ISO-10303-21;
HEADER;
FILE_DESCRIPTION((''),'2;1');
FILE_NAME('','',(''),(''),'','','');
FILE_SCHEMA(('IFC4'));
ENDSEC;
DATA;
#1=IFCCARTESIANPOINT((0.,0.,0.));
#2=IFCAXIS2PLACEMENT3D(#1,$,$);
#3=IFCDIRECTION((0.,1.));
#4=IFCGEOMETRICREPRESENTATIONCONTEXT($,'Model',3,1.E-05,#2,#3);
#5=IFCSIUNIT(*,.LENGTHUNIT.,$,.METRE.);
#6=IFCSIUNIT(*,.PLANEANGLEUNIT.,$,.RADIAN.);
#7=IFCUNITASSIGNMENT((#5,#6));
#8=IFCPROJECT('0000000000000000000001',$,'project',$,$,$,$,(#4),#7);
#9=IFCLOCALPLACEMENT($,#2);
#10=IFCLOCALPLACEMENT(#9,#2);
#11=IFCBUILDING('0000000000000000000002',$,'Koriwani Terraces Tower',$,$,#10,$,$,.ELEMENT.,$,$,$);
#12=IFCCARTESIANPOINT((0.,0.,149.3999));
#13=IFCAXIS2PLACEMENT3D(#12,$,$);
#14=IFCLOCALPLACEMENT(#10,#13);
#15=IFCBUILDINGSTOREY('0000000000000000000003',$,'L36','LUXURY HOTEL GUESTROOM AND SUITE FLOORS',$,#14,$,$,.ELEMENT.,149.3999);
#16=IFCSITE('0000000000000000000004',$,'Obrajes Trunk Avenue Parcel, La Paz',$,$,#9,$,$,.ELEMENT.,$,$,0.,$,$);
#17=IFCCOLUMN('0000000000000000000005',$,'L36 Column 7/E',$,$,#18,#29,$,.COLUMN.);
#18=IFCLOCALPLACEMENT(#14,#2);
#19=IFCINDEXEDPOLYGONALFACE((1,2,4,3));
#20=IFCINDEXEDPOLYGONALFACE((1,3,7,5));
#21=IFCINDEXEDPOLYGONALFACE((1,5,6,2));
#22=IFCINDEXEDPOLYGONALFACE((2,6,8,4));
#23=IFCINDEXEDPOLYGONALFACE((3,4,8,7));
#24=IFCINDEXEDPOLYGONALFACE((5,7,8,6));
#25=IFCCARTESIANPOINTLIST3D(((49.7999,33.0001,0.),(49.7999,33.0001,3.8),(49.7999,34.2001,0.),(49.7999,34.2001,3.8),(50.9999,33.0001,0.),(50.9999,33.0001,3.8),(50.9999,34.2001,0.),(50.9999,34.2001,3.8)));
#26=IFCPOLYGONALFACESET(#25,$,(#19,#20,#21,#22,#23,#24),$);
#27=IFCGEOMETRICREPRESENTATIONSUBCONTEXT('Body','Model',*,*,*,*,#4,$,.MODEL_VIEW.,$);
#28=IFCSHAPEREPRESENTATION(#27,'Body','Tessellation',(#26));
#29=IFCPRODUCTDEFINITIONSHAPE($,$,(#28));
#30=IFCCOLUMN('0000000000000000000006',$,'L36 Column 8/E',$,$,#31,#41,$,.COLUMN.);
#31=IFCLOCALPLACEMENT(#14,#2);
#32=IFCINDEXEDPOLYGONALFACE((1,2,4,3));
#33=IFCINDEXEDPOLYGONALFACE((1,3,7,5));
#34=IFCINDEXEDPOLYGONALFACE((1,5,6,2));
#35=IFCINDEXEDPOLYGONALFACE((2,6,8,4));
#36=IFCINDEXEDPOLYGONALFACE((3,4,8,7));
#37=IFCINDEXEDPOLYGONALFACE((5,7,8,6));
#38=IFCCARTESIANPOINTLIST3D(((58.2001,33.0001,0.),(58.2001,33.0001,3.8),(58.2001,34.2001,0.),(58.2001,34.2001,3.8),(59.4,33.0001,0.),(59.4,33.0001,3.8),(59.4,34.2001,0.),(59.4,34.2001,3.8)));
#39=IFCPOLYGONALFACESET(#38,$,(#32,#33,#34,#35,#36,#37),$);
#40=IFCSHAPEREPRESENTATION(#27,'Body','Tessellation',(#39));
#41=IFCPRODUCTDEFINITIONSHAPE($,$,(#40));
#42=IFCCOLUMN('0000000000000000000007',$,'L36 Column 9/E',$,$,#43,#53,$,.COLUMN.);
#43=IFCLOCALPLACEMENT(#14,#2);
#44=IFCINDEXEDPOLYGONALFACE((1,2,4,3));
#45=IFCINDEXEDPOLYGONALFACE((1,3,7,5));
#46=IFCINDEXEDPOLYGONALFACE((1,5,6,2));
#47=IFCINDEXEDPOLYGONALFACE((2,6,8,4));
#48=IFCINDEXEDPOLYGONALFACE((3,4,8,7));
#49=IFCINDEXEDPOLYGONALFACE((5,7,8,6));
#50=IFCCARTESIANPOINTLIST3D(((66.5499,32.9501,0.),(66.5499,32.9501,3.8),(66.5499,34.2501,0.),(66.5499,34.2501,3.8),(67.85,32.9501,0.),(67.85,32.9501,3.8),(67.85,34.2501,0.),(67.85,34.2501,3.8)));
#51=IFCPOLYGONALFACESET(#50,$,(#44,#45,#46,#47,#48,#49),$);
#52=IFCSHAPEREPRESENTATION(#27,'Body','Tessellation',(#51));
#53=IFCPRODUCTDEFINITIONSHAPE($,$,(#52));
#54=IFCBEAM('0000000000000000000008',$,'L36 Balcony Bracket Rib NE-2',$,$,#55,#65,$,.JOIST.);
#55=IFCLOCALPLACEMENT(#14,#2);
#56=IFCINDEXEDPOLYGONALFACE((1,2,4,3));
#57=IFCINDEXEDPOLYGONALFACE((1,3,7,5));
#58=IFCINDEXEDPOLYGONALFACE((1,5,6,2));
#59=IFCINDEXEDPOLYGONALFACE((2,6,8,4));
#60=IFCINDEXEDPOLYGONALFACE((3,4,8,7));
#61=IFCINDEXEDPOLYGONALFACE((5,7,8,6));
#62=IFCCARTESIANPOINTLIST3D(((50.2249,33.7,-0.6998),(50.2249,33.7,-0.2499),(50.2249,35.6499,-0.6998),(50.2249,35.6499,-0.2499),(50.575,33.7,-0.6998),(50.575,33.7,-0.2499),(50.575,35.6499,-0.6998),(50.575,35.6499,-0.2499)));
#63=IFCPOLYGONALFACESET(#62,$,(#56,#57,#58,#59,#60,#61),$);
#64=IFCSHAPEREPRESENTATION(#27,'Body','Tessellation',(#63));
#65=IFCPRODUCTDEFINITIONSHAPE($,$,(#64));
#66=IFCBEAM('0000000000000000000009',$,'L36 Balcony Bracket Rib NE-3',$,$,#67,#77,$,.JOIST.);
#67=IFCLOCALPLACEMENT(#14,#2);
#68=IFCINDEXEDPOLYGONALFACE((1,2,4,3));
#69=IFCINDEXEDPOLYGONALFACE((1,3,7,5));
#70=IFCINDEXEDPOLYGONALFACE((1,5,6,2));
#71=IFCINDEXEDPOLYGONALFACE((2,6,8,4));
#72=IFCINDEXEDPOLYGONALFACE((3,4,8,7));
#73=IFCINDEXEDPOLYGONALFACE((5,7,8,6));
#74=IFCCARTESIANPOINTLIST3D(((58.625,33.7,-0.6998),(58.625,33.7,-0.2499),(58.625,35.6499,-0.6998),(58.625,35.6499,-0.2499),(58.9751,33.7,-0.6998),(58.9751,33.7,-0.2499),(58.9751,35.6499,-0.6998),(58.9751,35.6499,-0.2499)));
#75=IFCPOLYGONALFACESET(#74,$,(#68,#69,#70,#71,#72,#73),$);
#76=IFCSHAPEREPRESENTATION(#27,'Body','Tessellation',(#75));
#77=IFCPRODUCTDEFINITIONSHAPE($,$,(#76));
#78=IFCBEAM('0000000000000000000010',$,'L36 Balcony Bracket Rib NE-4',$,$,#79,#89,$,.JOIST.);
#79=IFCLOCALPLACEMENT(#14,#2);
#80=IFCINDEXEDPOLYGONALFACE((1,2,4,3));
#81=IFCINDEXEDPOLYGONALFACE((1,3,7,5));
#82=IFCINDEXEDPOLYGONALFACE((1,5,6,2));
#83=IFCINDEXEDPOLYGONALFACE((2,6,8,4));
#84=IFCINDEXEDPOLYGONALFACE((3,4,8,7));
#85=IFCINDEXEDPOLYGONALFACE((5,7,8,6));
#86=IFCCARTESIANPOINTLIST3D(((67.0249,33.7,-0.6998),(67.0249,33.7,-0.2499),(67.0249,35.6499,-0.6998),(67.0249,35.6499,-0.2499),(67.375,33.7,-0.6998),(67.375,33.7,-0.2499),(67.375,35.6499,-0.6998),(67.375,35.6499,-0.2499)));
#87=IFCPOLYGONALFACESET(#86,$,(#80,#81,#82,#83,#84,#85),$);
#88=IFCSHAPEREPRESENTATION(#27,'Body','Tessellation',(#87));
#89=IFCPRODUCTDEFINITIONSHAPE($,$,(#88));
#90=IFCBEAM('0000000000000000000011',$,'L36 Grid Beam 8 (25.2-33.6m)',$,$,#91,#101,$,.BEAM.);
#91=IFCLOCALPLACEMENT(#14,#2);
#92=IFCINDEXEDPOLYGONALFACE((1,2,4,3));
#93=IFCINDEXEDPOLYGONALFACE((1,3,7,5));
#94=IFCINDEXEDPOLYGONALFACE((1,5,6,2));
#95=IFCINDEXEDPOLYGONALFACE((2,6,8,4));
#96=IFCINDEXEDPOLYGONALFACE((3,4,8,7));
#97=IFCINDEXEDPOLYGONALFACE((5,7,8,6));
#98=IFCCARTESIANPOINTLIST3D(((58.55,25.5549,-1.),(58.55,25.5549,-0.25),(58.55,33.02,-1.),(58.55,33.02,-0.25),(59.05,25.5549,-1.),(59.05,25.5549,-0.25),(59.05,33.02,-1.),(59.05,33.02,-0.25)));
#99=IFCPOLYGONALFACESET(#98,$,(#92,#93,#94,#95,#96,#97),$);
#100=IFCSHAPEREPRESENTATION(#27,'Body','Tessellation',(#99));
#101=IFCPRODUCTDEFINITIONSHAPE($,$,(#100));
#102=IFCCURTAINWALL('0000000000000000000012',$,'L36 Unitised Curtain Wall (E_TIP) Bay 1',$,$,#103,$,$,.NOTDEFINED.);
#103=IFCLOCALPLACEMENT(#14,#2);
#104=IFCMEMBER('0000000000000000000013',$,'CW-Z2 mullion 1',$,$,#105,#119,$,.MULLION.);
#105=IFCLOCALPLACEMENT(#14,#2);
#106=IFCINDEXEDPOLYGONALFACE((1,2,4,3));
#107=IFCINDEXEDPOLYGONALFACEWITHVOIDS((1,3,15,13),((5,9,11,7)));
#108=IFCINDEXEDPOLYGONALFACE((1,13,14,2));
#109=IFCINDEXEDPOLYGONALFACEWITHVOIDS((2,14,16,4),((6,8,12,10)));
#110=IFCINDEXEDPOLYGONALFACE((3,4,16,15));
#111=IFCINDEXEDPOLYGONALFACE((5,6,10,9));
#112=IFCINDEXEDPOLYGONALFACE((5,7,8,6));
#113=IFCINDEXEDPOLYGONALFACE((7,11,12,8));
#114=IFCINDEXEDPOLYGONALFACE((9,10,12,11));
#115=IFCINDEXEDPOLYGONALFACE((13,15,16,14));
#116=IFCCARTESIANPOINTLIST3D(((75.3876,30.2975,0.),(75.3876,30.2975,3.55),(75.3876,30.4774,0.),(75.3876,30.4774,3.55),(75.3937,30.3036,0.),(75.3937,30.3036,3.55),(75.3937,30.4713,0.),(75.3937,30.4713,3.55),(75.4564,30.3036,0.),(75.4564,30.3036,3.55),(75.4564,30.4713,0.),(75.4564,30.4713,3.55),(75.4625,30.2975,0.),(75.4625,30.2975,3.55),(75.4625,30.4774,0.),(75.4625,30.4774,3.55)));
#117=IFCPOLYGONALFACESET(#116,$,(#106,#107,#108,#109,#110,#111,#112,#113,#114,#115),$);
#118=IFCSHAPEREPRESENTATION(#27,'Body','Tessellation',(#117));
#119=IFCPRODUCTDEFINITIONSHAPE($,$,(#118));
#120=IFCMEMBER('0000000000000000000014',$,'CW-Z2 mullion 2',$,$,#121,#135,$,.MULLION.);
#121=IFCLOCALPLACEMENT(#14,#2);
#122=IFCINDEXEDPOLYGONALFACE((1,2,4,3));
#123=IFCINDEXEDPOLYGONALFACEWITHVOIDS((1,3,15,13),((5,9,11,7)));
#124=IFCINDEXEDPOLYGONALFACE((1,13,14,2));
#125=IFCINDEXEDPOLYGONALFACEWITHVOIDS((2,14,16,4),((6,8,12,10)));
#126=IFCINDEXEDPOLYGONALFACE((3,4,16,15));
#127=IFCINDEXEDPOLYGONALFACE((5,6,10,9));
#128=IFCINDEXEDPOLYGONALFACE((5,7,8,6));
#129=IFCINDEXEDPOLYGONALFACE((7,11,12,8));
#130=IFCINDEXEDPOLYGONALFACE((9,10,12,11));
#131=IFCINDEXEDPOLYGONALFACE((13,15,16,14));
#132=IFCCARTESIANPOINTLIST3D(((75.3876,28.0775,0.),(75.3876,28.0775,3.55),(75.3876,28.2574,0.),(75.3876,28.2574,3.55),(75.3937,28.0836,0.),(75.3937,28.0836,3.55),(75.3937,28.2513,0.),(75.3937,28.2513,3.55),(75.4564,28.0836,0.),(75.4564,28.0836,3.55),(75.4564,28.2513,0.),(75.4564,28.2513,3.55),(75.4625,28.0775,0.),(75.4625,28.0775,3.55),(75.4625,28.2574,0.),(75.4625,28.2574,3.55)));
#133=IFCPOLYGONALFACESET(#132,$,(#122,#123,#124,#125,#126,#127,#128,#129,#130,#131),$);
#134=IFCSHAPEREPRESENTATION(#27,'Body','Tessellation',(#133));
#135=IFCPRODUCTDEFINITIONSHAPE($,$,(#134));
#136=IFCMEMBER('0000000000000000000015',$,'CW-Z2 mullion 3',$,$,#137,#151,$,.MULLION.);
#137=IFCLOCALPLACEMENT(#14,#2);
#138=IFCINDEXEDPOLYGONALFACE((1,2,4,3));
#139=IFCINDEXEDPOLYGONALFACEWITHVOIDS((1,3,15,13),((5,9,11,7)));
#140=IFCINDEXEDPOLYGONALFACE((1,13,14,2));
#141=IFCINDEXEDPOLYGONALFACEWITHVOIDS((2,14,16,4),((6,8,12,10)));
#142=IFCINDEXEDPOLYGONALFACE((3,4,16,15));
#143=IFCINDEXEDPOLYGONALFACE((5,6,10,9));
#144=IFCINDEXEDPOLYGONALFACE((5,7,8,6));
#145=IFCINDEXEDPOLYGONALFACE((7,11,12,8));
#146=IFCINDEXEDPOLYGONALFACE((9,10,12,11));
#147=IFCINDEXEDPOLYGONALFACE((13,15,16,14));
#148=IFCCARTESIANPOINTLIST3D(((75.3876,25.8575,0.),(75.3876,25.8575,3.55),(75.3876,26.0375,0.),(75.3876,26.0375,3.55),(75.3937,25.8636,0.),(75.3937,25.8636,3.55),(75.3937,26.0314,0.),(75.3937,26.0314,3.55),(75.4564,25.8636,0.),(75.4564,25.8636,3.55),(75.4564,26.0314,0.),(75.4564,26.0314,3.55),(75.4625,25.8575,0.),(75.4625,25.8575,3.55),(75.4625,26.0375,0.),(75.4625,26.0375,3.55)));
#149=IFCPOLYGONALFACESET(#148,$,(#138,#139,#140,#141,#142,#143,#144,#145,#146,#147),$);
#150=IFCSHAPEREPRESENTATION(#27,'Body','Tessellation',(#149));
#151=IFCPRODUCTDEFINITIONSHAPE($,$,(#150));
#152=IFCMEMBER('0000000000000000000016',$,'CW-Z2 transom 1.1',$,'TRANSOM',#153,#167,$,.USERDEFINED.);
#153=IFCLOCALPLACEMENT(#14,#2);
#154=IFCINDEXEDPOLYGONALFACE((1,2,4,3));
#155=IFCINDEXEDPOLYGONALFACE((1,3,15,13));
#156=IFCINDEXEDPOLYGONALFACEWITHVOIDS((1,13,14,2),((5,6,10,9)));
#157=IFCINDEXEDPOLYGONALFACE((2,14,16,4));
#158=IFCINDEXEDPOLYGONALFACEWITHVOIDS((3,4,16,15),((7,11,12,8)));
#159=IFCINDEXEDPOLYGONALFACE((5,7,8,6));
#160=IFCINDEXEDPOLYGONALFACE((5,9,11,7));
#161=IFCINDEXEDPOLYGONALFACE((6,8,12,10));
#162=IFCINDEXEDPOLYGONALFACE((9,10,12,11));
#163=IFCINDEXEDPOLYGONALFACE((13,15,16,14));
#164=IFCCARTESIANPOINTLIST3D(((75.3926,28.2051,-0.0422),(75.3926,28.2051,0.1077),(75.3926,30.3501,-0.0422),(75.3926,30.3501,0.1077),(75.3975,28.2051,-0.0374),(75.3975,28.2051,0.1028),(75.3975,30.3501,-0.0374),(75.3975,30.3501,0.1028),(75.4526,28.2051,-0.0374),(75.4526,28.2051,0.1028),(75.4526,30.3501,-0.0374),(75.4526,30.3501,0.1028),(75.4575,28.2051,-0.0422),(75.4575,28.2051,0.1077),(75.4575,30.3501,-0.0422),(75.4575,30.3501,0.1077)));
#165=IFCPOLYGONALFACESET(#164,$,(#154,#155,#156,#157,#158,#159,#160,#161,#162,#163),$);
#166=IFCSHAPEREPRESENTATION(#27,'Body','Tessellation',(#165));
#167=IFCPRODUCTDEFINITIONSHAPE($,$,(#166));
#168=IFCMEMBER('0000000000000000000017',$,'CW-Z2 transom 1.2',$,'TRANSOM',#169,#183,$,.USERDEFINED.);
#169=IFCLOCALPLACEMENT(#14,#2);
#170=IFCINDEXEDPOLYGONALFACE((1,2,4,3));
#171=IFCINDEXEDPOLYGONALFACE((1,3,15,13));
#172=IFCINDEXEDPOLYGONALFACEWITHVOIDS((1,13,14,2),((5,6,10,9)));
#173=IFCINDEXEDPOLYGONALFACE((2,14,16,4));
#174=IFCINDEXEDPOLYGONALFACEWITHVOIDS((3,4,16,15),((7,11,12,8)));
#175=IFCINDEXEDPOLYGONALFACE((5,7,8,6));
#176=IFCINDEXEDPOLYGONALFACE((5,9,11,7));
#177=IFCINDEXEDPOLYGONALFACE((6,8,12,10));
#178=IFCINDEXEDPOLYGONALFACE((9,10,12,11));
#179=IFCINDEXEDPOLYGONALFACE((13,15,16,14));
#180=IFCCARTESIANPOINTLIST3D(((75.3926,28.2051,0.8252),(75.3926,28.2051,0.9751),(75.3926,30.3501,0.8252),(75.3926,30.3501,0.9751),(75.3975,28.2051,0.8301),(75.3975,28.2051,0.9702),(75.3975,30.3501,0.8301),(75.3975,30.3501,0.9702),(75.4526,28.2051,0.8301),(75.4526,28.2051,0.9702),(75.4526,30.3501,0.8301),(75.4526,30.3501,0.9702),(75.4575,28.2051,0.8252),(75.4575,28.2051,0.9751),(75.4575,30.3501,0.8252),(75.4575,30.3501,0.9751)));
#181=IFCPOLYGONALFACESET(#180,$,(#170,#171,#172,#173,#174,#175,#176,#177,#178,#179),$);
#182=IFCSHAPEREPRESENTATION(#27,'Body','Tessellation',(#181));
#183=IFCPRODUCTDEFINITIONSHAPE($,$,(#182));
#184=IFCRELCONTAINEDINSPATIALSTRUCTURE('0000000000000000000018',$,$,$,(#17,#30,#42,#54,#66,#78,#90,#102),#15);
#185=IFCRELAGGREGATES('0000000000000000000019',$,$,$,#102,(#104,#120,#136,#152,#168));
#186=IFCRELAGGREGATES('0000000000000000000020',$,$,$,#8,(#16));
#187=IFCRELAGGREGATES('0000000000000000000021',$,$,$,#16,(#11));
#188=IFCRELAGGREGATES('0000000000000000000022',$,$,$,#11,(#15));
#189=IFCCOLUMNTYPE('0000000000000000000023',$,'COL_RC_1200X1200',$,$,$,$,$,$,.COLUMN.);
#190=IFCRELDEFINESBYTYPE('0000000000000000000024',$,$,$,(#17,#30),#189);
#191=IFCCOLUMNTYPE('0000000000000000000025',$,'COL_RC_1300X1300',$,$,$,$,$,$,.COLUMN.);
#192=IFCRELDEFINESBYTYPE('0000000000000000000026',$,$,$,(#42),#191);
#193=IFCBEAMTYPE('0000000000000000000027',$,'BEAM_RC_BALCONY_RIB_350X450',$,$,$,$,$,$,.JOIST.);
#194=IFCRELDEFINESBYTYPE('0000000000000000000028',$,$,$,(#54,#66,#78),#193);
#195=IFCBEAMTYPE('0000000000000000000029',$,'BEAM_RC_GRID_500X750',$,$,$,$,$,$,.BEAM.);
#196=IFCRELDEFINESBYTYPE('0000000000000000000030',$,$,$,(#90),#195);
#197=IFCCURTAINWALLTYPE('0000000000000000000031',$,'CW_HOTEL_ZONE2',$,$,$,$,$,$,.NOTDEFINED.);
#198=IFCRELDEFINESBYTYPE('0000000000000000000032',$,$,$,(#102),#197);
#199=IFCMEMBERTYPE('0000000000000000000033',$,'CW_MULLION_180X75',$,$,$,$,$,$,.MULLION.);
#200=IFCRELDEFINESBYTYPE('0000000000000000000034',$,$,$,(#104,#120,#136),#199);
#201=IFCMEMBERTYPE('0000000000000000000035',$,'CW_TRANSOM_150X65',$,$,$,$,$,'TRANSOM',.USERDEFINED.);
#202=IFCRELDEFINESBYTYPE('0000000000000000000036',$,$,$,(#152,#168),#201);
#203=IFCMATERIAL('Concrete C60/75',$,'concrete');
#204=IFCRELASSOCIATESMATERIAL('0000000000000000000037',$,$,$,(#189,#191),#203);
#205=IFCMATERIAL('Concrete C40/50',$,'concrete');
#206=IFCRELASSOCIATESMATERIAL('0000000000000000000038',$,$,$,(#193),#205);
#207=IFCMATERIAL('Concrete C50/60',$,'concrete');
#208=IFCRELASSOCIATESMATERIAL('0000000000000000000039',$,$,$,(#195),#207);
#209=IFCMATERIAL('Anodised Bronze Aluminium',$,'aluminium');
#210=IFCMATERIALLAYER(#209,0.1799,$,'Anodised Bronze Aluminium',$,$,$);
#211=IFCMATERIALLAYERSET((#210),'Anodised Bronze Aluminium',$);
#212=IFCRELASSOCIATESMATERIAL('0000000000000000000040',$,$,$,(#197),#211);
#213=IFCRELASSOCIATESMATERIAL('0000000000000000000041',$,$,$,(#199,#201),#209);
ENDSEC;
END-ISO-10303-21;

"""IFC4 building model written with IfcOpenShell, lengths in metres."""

from ifc_helpers import new_model, si_unit, direction, frame, origin, origin_2d, place, context, subcontext, project, spatial, rectangle, hollow_rectangle, extrude, material, layer, layer_set, material_profile, profile_set, type_object, element, aggregate, save


model = new_model("IFC4")

# Units and contexts
model_context = context("Model", 3, precision=1e-05, world=origin(), true_north=direction((0.0, 1.0)))
body_context = subcontext(model_context, "Body", "Model", "MODEL_VIEW")
ifc_project = project(units=[si_unit("LENGTHUNIT", "METRE"), si_unit("PLANEANGLEUNIT", "RADIAN")], contexts=[model_context])

# Site, building, storey
site_placement = place(None, origin())
site = spatial("IfcSite", under=ifc_project, at=site_placement, Name="Obrajes Trunk Avenue Parcel, La Paz", CompositionType="ELEMENT", RefElevation=0.0)
building_placement = place(site_placement, origin())
building = spatial("IfcBuilding", under=site, at=building_placement, Name="Koriwani Terraces Tower", CompositionType="ELEMENT")
storey_placement = place(building_placement, frame((0.0, 0.0, 149.3999)))
storey = spatial("IfcBuildingStorey", under=building, at=storey_placement, Name="L36", Description="LUXURY HOTEL GUESTROOM AND SUITE FLOORS", CompositionType="ELEMENT", Elevation=149.3999)

# Columns
ifc_material_1 = material(Name="Concrete C60/75", Category="concrete")
ifc_material_profile_1 = material_profile(ifc_material_1, rectangle(XDim=1.2, YDim=1.2, at=origin_2d()), Name="Concrete C60/75", Category="LoadBearing")
ifc_profile_set_1 = profile_set([ifc_material_profile_1], Name="Concrete C60/75")
column_type_1 = type_object("IfcColumnType", Name="COL_RC_1200X1200", PredefinedType="COLUMN", material=ifc_profile_set_1)
for number, where, z_axis, x_axis, name in (
    (1, (50.3999, 33.6001, 0.0), (0.0, 0.0, 1.0), (1.0, 0.0, 0.0), "L36 Column 7/E"),
    (2, (58.8, 33.6001, 0.0), (0.0, 0.0, 1.0), (1.0, 0.0, 0.0), "L36 Column 8/E"),
):
    element("IfcColumn", number, at=place(storey_placement, frame(where, z_axis=z_axis, x_axis=x_axis)), inside=storey, type_object=column_type_1, Name=name, PredefinedType="COLUMN", context=body_context, shape_type="SweptSolid", body=[
        extrude(rectangle(XDim=1.2, YDim=1.2, at=origin_2d()), origin(), (0.0, 0.0, 1.0), 3.8),
    ])
ifc_material_profile_2 = material_profile(ifc_material_1, rectangle(XDim=1.3, YDim=1.3, at=origin_2d()), Name="Concrete C60/75", Category="LoadBearing")
ifc_profile_set_2 = profile_set([ifc_material_profile_2], Name="Concrete C60/75")
column_type_2 = type_object("IfcColumnType", Name="COL_RC_1300X1300", PredefinedType="COLUMN", material=ifc_profile_set_2)
column_placement = place(storey_placement, frame((67.2, 33.6001, 0.0), z_axis=(0.0, 0.0, 1.0), x_axis=(1.0, 0.0, 0.0)))
element("IfcColumn", 3, at=column_placement, inside=storey, type_object=column_type_2, Name="L36 Column 9/E", PredefinedType="COLUMN", context=body_context, shape_type="SweptSolid", body=[
    extrude(rectangle(XDim=1.3, YDim=1.3, at=origin_2d()), origin(), (0.0, 0.0, 1.0), 3.8),
])

# Beams
ifc_material_2 = material(Name="Concrete C40/50", Category="concrete")
ifc_material_profile_3 = material_profile(ifc_material_2, rectangle(XDim=0.3501, YDim=0.45, at=origin_2d()), Name="Concrete C40/50", Category="LoadBearing")
ifc_profile_set_3 = profile_set([ifc_material_profile_3], Name="Concrete C40/50")
beam_type_1 = type_object("IfcBeamType", Name="BEAM_RC_BALCONY_RIB_350X450", PredefinedType="JOIST", material=ifc_profile_set_3)
for number, where, z_axis, x_axis, name in (
    (4, (50.3999, 33.7, -0.4749), (0.0, 1.0, 0.0), (-1.0, 0.0, 0.0), "L36 Balcony Bracket Rib NE-2"),
    (5, (58.8, 33.7, -0.4749), (0.0, 1.0, 0.0), (-1.0, 0.0, 0.0), "L36 Balcony Bracket Rib NE-3"),
    (6, (67.2, 33.7, -0.4749), (0.0, 1.0, 0.0), (-1.0, 0.0, 0.0), "L36 Balcony Bracket Rib NE-4"),
):
    element("IfcBeam", number, at=place(storey_placement, frame(where, z_axis=z_axis, x_axis=x_axis)), inside=storey, type_object=beam_type_1, Name=name, PredefinedType="JOIST", context=body_context, shape_type="SweptSolid", body=[
        extrude(rectangle(XDim=0.3501, YDim=0.45, at=origin_2d()), origin(), (0.0, 0.0, 1.0), 1.95),
    ])
ifc_material_3 = material(Name="Concrete C50/60", Category="concrete")
ifc_material_profile_4 = material_profile(ifc_material_3, rectangle(XDim=0.5, YDim=0.75, at=origin_2d()), Name="Concrete C50/60", Category="LoadBearing")
ifc_profile_set_4 = profile_set([ifc_material_profile_4], Name="Concrete C50/60")
beam_type_2 = type_object("IfcBeamType", Name="BEAM_RC_GRID_500X750", PredefinedType="BEAM", material=ifc_profile_set_4)
beam_1_placement = place(storey_placement, frame((58.8, 25.5549, -0.625), z_axis=(0.0, 1.0, 0.0), x_axis=(-1.0, 0.0, 0.0)))
element("IfcBeam", 7, at=beam_1_placement, inside=storey, type_object=beam_type_2, Name="L36 Grid Beam 8 (25.2-33.6m)", PredefinedType="BEAM", context=body_context, shape_type="SweptSolid", body=[
    extrude(rectangle(XDim=0.5, YDim=0.75, at=origin_2d()), origin(), (0.0, 0.0, 1.0), 7.4651),
])

# Curtain wall, members
ifc_material_4 = material(Name="Anodised Bronze Aluminium", Category="aluminium")
ifc_layer_1 = layer(ifc_material_4, 0.1799, Name="Anodised Bronze Aluminium")
ifc_layer_set_1 = layer_set([ifc_layer_1], Name="Anodised Bronze Aluminium")
curtain_wall_type = type_object("IfcCurtainWallType", Name="CW_HOTEL_ZONE2", PredefinedType="NOTDEFINED", material=ifc_layer_set_1)
curtain_wall_placement = place(storey_placement, origin())
curtain_wall = element("IfcCurtainWall", 8, at=curtain_wall_placement, inside=storey, type_object=curtain_wall_type, Name="L36 Unitised Curtain Wall (E_TIP) Bay 1", PredefinedType="NOTDEFINED")
ifc_material_profile_5 = material_profile(ifc_material_4, hollow_rectangle(XDim=0.075, YDim=0.1799, WallThickness=0.0061, at=origin_2d()), Name="Anodised Bronze Aluminium", Category="LoadBearing")
ifc_profile_set_5 = profile_set([ifc_material_profile_5], Name="Anodised Bronze Aluminium")
member_type_1 = type_object("IfcMemberType", Name="CW_MULLION_180X75", PredefinedType="MULLION", material=ifc_profile_set_5)
member_1_placement = place(storey_placement, frame((75.425, 30.3875, 0.0), z_axis=(0.0, 0.0, 1.0), x_axis=(1.0, 0.0, 0.0)))
member_1 = element("IfcMember", 9, at=member_1_placement, type_object=member_type_1, Name="CW-Z2 mullion 1", PredefinedType="MULLION", context=body_context, shape_type="SweptSolid", body=[
    extrude(hollow_rectangle(XDim=0.075, YDim=0.1799, WallThickness=0.0061, at=origin_2d()), origin(), (0.0, 0.0, 1.0), 3.55),
])
member_2_placement = place(storey_placement, frame((75.425, 28.1675, 0.0), z_axis=(0.0, 0.0, 1.0), x_axis=(1.0, 0.0, 0.0)))
member_2 = element("IfcMember", 10, at=member_2_placement, type_object=member_type_1, Name="CW-Z2 mullion 2", PredefinedType="MULLION", context=body_context, shape_type="SweptSolid", body=[
    extrude(hollow_rectangle(XDim=0.075, YDim=0.1799, WallThickness=0.0061, at=origin_2d()), origin(), (0.0, 0.0, 1.0), 3.55),
])
member_3_placement = place(storey_placement, frame((75.425, 25.9475, 0.0), z_axis=(0.0, 0.0, 1.0), x_axis=(1.0, 0.0, 0.0)))
member_3 = element("IfcMember", 11, at=member_3_placement, type_object=member_type_1, Name="CW-Z2 mullion 3", PredefinedType="MULLION", context=body_context, shape_type="SweptSolid", body=[
    extrude(hollow_rectangle(XDim=0.075, YDim=0.1799, WallThickness=0.0061, at=origin_2d()), origin(), (0.0, 0.0, 1.0), 3.55),
])
ifc_material_profile_6 = material_profile(ifc_material_4, hollow_rectangle(XDim=0.0649, YDim=0.1499, WallThickness=0.0049, at=origin_2d()), Name="Anodised Bronze Aluminium", Category="LoadBearing")
ifc_profile_set_6 = profile_set([ifc_material_profile_6], Name="Anodised Bronze Aluminium")
member_type_2 = type_object("IfcMemberType", Name="CW_TRANSOM_150X65", ElementType="TRANSOM", PredefinedType="USERDEFINED", material=ifc_profile_set_6)
member_4_placement = place(storey_placement, frame((75.425, 30.3501, 0.0327), z_axis=(0.0, -1.0, 0.0), x_axis=(1.0, 0.0, 0.0)))
member_4 = element("IfcMember", 12, at=member_4_placement, type_object=member_type_2, Name="CW-Z2 transom 1.1", ObjectType="TRANSOM", PredefinedType="USERDEFINED", context=body_context, shape_type="SweptSolid", body=[
    extrude(hollow_rectangle(XDim=0.0649, YDim=0.1499, WallThickness=0.0049, at=origin_2d()), origin(), (0.0, 0.0, 1.0), 2.145),
])
member_5_placement = place(storey_placement, frame((75.425, 30.3501, 0.9001), z_axis=(0.0, -1.0, 0.0), x_axis=(1.0, 0.0, 0.0)))
member_5 = element("IfcMember", 13, at=member_5_placement, type_object=member_type_2, Name="CW-Z2 transom 1.2", ObjectType="TRANSOM", PredefinedType="USERDEFINED", context=body_context, shape_type="SweptSolid", body=[
    extrude(hollow_rectangle(XDim=0.0649, YDim=0.1499, WallThickness=0.0049, at=origin_2d()), origin(), (0.0, 0.0, 1.0), 2.145),
])

aggregate(curtain_wall, [member_1, member_2, member_3, member_4, member_5])

save(model, "model.ifc")
